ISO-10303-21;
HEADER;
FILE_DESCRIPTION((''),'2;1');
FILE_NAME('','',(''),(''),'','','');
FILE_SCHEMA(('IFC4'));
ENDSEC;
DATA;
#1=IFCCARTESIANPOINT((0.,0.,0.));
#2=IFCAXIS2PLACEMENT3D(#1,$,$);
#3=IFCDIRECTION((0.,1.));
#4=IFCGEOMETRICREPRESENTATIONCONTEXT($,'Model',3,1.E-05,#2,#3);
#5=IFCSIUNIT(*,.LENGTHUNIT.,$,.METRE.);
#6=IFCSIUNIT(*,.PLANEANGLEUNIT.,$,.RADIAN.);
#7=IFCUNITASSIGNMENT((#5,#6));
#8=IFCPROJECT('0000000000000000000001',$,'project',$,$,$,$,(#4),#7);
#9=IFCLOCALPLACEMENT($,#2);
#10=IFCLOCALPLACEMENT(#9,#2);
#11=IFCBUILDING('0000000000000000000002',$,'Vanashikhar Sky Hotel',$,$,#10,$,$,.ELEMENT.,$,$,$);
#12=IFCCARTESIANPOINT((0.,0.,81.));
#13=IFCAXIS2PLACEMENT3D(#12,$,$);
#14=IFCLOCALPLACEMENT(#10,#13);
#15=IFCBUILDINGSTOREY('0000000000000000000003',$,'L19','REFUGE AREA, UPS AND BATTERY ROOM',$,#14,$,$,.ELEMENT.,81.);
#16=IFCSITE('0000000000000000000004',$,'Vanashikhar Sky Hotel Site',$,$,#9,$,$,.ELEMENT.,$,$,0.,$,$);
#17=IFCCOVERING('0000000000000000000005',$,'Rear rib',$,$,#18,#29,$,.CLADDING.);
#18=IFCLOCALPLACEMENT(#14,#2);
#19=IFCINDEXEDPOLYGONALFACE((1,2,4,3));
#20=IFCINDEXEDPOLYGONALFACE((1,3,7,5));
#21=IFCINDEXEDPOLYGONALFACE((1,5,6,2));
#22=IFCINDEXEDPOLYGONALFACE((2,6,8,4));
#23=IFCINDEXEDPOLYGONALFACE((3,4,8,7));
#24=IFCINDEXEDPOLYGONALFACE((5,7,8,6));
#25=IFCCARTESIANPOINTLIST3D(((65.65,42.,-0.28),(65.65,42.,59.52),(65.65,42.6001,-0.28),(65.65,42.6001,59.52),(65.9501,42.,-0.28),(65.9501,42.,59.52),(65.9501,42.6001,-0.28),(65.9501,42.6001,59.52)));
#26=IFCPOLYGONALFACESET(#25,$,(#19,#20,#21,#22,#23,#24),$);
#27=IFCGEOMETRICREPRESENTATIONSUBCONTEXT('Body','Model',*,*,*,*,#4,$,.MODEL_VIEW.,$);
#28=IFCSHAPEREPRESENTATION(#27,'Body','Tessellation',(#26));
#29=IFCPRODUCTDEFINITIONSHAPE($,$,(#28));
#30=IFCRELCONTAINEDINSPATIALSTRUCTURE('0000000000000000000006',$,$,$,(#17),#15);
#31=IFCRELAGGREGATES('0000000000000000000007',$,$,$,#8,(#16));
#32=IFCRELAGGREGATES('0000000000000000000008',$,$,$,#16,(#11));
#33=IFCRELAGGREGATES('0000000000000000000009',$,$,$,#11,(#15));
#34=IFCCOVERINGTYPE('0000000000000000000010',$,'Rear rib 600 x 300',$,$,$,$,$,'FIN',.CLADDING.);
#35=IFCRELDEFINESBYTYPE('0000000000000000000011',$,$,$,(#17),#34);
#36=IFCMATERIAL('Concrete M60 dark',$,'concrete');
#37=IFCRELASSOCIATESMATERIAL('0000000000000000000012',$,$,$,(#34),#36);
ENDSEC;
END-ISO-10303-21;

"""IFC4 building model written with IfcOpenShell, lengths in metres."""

from ifc_helpers import new_model, si_unit, direction, frame, origin, origin_2d, place, context, subcontext, project, spatial, rectangle, extrude, source, transform, mapped, material, material_profile, profile_set, type_object, element, save


model = new_model("IFC4")

# Units and contexts
model_context = context("Model", 3, precision=1e-05, world=origin(), true_north=direction((0.0, 1.0)))
body_context = subcontext(model_context, "Body", "Model", "MODEL_VIEW")
ifc_project = project(units=[si_unit("LENGTHUNIT", "METRE"), si_unit("PLANEANGLEUNIT", "RADIAN")], contexts=[model_context])

# Site, building, storey
site_placement = place(None, origin())
site = spatial("IfcSite", under=ifc_project, at=site_placement, Name="Vanashikhar Sky Hotel Site", CompositionType="ELEMENT", RefElevation=0.0)
building_placement = place(site_placement, origin())
building = spatial("IfcBuilding", under=site, at=building_placement, Name="Vanashikhar Sky Hotel", CompositionType="ELEMENT")
storey_placement = place(building_placement, frame((0.0, 0.0, 81.0)))
storey = spatial("IfcBuildingStorey", under=building, at=storey_placement, Name="L19", Description="REFUGE AREA, UPS AND BATTERY ROOM", CompositionType="ELEMENT", Elevation=81.0)

# Covering
ifc_material_1 = material(Name="Concrete M60 dark", Category="concrete")
ifc_material_profile = material_profile(ifc_material_1, rectangle(XDim=0.6001, YDim=0.3, at=origin_2d()))
ifc_profile_set = profile_set([ifc_material_profile], Name="Rear rib 600 x 300")
covering_type = type_object("IfcCoveringType", Name="Rear rib 600 x 300", ElementType="FIN", PredefinedType="CLADDING", material=ifc_profile_set)
shared_shape_1 = source(origin(), body_context, "Body", "SweptSolid", [
    extrude(rectangle(XDim=0.6001, YDim=0.3, at=origin_2d()), origin(), (0.0, 0.0, 1.0), 59.8),
])
for number, where, z_axis, x_axis, name in (
    (1, (65.8, 42.3, -0.28), (0.0, 0.0, 1.0), (0.0, 1.0, 0.0), "Rear rib"),
):
    element("IfcCovering", number, at=place(storey_placement, frame(where, z_axis=z_axis, x_axis=x_axis)), inside=storey, type_object=covering_type, Name=name, PredefinedType="CLADDING", context=body_context, shape_type="MappedRepresentation", body=[
        mapped(shared_shape_1, transform((0.0, 0.0, 0.0), scale=1.0)),
    ])

save(model, "model.ifc")
